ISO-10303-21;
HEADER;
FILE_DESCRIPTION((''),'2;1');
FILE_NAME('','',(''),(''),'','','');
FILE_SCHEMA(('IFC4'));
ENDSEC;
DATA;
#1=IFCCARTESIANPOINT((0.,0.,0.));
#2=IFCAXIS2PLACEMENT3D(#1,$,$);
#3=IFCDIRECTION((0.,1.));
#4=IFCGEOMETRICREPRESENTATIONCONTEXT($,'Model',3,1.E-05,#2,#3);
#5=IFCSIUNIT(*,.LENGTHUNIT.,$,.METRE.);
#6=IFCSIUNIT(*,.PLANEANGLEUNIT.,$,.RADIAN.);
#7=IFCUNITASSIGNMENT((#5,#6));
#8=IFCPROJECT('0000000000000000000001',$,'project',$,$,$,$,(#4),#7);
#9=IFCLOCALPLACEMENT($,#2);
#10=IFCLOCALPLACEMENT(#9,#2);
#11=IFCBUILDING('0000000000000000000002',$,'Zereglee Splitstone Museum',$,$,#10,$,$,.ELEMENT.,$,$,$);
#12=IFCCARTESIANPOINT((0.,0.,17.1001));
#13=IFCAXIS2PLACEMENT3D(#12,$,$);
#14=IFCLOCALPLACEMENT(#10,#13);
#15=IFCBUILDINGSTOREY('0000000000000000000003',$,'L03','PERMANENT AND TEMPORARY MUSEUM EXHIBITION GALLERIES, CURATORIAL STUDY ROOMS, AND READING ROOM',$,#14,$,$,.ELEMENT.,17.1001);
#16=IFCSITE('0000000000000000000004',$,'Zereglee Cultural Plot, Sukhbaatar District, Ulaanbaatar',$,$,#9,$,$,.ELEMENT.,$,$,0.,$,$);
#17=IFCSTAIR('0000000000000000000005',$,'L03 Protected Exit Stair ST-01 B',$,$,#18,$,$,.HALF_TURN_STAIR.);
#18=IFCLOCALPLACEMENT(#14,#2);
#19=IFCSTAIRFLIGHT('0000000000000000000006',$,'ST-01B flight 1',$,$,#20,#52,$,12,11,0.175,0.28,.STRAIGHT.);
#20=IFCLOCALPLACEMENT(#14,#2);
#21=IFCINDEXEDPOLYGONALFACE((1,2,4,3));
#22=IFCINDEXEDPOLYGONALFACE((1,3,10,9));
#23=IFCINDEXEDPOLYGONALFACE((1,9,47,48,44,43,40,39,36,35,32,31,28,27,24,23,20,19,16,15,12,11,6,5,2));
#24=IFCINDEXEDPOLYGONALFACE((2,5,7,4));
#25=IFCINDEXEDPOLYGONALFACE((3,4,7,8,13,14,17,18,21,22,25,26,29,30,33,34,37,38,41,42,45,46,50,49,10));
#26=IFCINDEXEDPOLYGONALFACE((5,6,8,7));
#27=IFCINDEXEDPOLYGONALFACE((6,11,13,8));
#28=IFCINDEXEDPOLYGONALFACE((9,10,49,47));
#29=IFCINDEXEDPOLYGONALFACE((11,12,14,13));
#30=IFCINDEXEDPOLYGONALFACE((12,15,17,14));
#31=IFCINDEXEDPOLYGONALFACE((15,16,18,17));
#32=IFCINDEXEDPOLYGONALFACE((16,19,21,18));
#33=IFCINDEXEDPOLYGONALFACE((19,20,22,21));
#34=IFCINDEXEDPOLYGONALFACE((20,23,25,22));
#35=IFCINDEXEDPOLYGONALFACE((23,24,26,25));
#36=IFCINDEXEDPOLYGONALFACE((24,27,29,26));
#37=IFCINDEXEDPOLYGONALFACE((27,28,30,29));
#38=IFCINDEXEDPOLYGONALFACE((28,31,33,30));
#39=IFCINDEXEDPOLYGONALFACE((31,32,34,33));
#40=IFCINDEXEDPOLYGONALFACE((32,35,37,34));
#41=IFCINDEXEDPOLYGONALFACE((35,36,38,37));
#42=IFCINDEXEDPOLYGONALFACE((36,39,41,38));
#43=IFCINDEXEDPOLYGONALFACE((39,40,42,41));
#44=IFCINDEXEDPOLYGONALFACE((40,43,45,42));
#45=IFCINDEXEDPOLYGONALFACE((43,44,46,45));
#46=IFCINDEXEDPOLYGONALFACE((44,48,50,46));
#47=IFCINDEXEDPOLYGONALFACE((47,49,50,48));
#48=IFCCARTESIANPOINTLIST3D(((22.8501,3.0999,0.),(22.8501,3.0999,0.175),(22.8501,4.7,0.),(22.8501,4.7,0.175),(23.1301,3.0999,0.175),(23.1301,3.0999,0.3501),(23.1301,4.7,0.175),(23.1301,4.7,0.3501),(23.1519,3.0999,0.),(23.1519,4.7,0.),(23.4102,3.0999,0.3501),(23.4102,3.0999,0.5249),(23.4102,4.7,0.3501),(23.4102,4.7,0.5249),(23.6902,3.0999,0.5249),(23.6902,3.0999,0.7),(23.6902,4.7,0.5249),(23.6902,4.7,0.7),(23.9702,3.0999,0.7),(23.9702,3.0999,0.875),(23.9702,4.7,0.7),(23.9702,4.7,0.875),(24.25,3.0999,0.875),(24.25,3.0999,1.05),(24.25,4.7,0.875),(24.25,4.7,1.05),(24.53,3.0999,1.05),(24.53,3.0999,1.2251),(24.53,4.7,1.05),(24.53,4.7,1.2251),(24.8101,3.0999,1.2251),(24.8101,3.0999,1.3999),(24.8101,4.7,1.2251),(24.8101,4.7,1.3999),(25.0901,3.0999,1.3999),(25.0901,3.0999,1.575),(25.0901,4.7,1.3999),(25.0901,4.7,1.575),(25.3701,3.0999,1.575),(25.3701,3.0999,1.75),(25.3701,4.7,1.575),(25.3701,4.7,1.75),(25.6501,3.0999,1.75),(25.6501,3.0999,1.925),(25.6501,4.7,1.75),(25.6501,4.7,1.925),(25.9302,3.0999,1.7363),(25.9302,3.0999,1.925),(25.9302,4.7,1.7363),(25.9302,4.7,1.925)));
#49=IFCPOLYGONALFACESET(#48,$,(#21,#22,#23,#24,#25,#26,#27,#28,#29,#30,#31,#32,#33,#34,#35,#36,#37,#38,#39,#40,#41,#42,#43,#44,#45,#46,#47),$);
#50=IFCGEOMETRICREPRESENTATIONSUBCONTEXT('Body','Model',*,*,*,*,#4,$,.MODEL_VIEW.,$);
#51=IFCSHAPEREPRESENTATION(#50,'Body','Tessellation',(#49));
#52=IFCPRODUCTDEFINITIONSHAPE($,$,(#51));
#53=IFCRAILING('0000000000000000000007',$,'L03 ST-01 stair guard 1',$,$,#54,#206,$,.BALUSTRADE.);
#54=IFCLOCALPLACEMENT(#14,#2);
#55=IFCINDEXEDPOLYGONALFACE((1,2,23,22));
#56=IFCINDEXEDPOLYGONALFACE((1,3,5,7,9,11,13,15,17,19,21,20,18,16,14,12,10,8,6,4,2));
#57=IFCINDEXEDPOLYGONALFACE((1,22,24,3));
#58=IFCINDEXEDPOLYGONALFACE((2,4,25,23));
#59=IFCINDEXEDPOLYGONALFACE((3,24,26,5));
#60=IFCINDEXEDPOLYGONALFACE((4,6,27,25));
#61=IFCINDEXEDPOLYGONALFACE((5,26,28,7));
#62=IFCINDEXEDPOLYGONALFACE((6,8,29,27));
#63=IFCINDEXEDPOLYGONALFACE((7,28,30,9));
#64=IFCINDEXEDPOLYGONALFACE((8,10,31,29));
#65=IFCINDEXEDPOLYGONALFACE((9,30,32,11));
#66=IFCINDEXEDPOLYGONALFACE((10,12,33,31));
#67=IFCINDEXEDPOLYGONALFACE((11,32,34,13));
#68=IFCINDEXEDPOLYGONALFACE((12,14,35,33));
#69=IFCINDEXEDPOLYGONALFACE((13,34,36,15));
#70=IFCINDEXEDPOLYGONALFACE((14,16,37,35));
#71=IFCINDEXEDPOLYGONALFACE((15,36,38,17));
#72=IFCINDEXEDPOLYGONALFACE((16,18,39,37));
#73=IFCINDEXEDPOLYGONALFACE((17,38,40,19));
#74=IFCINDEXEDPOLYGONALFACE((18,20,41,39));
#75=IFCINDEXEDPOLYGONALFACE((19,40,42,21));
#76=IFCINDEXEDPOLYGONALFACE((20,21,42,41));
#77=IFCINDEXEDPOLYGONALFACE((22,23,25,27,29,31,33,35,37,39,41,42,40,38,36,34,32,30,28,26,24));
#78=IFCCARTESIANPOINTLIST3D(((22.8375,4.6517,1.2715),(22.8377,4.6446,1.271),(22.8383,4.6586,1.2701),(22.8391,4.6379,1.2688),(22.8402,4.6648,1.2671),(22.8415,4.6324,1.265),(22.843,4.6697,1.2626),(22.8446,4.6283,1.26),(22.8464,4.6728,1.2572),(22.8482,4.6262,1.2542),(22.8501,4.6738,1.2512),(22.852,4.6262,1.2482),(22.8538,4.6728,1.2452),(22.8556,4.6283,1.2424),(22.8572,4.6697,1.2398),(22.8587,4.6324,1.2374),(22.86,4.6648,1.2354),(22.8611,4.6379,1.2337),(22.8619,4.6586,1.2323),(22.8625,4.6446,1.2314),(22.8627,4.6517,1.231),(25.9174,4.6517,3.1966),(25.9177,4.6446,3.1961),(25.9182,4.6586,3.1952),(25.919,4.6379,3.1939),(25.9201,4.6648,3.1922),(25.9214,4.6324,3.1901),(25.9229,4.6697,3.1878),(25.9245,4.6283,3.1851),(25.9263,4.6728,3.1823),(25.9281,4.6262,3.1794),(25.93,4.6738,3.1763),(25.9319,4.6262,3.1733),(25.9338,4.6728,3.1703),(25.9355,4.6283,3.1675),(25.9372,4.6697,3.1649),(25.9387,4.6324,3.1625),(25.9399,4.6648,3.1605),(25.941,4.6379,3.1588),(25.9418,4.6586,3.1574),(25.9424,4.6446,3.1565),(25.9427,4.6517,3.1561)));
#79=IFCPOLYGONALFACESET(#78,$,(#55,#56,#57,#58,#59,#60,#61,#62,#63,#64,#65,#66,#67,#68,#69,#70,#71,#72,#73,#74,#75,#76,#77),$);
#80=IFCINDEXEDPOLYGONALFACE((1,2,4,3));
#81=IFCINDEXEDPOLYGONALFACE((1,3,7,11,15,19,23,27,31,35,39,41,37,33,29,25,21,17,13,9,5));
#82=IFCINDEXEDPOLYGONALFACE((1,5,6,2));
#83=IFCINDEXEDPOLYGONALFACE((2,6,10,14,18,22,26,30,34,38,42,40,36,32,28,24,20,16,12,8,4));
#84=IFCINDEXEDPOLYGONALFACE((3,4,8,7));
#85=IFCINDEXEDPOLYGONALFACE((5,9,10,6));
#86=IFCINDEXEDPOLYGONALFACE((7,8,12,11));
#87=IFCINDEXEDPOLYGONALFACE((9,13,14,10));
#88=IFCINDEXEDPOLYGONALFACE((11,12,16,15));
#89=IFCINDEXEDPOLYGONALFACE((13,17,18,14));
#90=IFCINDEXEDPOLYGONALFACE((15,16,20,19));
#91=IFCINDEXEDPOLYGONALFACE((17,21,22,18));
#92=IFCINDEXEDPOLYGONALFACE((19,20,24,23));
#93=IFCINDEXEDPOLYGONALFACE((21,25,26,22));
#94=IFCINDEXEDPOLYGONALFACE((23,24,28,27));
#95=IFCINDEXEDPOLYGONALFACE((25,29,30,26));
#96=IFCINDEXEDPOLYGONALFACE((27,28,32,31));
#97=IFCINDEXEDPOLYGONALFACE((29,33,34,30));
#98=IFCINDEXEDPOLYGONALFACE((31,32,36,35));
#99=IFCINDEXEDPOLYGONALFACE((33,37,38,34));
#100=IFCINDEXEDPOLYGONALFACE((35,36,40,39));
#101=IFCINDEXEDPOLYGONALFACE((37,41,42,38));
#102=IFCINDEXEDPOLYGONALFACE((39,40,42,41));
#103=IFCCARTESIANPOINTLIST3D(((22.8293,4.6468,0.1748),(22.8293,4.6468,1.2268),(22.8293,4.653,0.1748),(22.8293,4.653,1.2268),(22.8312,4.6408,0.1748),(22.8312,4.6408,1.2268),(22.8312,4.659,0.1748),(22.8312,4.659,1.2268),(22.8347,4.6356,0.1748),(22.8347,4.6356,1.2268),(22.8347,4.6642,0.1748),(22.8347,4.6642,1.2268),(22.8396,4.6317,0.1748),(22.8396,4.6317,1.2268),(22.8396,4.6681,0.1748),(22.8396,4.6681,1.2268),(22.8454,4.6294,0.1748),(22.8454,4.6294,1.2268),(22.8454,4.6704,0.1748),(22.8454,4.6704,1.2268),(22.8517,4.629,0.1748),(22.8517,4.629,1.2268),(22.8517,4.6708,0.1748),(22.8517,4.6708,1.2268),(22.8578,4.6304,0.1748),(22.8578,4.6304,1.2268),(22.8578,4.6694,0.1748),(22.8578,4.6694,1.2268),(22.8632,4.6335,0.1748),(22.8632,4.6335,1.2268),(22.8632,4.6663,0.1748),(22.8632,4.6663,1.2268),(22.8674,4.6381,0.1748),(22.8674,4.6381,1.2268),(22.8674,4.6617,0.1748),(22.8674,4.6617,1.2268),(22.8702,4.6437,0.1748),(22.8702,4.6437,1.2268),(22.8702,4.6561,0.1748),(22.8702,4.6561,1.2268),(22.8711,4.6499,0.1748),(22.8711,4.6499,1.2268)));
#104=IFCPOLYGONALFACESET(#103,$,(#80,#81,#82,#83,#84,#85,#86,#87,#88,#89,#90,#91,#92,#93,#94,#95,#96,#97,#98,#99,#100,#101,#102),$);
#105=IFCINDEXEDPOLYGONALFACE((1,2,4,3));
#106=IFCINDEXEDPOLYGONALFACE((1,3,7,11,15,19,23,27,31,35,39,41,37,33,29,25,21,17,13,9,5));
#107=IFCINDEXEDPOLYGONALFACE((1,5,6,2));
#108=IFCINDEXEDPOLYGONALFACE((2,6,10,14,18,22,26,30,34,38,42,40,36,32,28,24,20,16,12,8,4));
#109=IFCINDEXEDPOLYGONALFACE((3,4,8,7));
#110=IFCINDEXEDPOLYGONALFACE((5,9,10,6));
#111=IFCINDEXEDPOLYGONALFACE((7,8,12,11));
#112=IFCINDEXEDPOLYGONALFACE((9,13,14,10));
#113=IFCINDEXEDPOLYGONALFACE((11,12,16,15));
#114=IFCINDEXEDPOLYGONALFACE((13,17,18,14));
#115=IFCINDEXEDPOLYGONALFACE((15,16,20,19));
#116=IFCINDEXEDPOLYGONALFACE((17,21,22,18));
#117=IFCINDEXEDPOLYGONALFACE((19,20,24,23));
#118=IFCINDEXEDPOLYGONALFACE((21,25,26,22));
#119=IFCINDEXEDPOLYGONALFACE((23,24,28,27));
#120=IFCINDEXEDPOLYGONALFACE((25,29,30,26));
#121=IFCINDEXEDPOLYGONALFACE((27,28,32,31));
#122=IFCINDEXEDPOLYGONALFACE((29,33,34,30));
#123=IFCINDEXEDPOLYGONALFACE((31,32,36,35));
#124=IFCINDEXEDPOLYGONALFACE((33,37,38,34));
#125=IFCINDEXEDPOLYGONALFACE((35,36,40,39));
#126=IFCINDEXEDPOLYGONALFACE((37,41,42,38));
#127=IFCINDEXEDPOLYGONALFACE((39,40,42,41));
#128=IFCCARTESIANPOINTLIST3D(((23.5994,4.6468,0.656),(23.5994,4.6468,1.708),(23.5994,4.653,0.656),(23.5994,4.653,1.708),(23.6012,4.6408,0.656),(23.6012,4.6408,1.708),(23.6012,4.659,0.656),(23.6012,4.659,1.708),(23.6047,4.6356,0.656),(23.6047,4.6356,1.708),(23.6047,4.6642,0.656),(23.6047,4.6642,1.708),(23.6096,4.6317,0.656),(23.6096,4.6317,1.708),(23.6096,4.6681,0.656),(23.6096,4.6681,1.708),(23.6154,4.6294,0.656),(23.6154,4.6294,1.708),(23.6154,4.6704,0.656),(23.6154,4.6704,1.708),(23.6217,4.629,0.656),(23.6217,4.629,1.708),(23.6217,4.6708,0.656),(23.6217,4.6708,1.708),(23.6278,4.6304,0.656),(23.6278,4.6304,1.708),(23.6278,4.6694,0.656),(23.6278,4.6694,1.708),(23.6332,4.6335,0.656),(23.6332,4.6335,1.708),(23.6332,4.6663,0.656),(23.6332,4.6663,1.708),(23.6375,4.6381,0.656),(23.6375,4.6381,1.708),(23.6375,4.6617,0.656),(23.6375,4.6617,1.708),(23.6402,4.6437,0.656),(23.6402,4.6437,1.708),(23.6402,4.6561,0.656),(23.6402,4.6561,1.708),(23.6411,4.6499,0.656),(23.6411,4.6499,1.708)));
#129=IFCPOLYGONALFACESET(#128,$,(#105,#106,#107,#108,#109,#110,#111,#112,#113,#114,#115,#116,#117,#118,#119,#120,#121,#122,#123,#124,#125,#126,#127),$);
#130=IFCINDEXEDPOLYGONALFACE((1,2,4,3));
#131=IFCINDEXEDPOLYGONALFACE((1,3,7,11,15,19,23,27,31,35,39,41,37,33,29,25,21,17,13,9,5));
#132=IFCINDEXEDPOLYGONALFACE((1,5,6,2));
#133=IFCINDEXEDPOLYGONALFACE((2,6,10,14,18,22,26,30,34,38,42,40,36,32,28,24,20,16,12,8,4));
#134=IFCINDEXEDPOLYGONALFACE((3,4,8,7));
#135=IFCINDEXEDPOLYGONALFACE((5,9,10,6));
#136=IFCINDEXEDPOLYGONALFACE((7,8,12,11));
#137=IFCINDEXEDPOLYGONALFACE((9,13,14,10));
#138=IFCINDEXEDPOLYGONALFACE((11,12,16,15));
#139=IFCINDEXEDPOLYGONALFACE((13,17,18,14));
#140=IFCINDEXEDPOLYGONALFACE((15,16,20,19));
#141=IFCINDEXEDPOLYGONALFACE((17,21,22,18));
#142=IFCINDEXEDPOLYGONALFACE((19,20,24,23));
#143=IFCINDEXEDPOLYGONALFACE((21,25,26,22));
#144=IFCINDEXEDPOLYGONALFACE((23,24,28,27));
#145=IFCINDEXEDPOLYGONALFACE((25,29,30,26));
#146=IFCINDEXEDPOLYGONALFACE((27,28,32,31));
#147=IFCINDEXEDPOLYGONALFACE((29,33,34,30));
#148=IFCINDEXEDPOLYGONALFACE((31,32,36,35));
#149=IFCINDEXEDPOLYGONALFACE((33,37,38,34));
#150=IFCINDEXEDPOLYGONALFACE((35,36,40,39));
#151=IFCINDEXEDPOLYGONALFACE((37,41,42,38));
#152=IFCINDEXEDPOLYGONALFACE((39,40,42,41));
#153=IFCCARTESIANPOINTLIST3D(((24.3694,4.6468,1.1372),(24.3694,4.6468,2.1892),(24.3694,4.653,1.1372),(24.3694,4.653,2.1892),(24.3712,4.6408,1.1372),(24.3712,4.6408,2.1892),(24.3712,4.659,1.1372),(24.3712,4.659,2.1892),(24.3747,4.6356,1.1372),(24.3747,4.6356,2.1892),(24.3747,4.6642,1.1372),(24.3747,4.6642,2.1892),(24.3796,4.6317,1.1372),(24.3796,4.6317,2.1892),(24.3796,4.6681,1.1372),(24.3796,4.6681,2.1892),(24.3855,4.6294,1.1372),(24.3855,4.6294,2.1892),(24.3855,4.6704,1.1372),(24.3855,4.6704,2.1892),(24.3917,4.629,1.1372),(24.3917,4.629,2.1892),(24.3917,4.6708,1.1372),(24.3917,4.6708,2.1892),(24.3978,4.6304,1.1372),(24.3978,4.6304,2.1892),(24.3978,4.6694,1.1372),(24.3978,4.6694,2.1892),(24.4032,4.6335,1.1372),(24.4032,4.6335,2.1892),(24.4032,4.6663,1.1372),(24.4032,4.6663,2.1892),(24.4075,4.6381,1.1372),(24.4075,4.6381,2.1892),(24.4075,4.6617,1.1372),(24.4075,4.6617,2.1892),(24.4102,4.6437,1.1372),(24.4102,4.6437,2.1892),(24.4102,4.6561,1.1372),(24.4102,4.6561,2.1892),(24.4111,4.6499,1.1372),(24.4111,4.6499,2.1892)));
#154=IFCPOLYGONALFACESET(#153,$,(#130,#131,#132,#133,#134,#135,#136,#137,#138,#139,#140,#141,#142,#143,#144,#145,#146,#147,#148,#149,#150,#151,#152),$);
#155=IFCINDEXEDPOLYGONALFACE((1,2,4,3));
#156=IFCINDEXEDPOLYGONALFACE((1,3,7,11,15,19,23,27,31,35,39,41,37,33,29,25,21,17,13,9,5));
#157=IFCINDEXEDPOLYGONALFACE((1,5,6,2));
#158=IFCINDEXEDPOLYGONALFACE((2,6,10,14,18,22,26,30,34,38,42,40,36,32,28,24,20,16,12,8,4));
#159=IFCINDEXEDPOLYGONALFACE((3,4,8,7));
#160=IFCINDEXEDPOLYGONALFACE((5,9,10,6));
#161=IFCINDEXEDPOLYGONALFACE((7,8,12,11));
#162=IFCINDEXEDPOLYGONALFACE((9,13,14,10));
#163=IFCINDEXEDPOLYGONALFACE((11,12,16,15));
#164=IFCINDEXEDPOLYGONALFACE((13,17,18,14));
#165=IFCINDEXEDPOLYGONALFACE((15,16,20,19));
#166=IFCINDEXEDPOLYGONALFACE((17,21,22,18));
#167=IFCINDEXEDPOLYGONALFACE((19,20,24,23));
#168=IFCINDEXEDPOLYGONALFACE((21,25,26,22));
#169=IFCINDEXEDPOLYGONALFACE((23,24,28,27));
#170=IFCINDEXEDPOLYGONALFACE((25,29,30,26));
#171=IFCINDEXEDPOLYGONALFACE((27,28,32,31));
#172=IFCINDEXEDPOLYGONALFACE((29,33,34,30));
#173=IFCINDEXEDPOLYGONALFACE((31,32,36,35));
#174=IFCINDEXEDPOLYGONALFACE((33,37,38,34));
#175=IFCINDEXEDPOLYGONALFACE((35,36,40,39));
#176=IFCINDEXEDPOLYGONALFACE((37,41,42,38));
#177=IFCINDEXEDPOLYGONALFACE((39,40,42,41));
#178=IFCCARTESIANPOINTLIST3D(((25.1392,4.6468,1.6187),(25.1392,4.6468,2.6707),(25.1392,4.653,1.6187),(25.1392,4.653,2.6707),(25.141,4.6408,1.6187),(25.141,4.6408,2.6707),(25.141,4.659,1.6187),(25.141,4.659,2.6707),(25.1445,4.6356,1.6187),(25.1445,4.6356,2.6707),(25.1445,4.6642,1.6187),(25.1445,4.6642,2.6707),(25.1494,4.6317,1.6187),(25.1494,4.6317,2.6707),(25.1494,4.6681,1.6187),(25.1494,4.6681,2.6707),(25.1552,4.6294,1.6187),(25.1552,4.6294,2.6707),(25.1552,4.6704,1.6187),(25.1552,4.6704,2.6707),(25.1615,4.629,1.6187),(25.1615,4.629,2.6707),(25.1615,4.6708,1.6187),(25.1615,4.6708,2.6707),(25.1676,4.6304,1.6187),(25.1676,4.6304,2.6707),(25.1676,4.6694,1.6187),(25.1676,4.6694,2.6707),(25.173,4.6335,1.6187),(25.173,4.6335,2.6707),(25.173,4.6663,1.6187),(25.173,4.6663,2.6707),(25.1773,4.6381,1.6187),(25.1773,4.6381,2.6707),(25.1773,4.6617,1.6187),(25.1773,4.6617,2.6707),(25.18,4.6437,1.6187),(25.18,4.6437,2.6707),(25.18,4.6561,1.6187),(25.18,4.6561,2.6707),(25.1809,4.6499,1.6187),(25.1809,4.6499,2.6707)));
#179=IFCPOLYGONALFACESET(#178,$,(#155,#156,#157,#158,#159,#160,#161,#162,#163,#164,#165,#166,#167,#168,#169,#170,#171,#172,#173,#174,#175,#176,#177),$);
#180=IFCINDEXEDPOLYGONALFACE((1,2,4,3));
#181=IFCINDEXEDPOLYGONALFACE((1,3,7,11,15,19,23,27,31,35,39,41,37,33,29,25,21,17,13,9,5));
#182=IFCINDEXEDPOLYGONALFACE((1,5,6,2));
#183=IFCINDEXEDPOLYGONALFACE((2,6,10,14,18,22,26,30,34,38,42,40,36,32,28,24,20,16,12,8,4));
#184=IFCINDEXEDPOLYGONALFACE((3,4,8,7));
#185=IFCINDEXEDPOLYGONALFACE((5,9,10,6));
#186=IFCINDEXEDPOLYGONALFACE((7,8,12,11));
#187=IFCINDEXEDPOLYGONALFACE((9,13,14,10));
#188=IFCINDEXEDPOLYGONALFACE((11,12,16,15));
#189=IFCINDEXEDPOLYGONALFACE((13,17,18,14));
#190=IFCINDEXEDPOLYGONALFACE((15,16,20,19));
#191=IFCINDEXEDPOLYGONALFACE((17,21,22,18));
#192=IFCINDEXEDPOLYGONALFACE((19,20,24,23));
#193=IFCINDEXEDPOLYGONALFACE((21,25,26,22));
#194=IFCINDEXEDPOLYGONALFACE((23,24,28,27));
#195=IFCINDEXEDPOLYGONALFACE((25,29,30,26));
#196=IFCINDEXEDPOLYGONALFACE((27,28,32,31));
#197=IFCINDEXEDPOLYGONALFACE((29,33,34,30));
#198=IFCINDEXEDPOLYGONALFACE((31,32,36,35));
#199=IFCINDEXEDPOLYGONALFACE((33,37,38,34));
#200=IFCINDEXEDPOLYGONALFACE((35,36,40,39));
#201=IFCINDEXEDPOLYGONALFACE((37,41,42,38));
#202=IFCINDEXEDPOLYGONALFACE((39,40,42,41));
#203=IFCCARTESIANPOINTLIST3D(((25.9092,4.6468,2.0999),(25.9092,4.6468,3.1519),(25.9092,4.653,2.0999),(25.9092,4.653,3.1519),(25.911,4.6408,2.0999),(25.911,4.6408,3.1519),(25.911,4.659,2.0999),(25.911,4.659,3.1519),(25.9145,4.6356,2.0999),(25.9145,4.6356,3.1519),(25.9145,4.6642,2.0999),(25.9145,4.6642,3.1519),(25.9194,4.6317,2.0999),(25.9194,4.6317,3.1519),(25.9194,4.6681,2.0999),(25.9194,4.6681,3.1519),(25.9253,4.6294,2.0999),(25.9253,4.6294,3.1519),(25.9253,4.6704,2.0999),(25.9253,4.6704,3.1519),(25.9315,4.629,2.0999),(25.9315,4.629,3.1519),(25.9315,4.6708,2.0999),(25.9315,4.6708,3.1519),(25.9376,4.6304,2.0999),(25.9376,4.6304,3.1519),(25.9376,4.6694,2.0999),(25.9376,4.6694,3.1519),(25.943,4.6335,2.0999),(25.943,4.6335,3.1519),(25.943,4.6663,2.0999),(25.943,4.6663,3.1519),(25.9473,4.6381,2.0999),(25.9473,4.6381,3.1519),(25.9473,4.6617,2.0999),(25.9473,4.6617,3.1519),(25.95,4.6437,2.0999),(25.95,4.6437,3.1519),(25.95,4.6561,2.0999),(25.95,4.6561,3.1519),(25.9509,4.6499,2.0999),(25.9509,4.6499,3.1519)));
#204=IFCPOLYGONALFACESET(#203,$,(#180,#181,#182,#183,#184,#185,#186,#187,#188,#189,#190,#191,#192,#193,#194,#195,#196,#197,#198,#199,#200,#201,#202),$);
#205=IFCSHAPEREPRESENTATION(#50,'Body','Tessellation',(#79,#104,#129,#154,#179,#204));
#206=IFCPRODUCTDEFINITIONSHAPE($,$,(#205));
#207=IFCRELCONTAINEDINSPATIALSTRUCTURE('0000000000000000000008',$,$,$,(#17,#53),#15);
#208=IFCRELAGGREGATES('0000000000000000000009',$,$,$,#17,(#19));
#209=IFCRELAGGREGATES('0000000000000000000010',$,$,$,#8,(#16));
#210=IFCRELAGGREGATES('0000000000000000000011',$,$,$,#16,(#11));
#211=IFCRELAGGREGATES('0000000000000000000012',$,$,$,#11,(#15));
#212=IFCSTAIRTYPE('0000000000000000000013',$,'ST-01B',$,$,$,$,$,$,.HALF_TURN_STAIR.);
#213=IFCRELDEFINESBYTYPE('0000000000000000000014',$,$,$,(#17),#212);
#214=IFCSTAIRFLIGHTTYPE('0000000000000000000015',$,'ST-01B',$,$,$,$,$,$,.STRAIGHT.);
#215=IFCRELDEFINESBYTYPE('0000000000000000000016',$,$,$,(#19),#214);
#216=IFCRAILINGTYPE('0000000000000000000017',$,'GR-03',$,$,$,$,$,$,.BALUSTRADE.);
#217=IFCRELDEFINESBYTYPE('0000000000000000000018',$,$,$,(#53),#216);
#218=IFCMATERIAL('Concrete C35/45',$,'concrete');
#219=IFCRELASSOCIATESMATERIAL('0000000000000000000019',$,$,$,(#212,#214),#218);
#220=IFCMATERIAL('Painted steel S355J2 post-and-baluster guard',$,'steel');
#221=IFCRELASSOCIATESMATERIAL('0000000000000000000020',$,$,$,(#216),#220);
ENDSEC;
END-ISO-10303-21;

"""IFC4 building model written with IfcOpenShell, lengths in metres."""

from ifc_helpers import new_model, si_unit, direction, frame, origin, origin_2d, place, context, subcontext, project, spatial, polyline, circle, outline, extrude, material, type_object, element, aggregate, save


model = new_model("IFC4")

# Units and contexts
model_context = context("Model", 3, precision=1e-05, world=origin(), true_north=direction((0.0, 1.0)))
body_context = subcontext(model_context, "Body", "Model", "MODEL_VIEW")
ifc_project = project(units=[si_unit("LENGTHUNIT", "METRE"), si_unit("PLANEANGLEUNIT", "RADIAN")], contexts=[model_context])

# Site, building, storey
site_placement = place(None, origin())
site = spatial("IfcSite", under=ifc_project, at=site_placement, Name="Zereglee Cultural Plot, Sukhbaatar District, Ulaanbaatar", CompositionType="ELEMENT", RefElevation=0.0)
building_placement = place(site_placement, origin())
building = spatial("IfcBuilding", under=site, at=building_placement, Name="Zereglee Splitstone Museum", CompositionType="ELEMENT")
storey_placement = place(building_placement, frame((0.0, 0.0, 17.1001)))
storey = spatial("IfcBuildingStorey", under=building, at=storey_placement, Name="L03", Description="PERMANENT AND TEMPORARY MUSEUM EXHIBITION GALLERIES, CURATORIAL STUDY ROOMS, AND READING ROOM", CompositionType="ELEMENT", Elevation=17.1001)

# Stair, stair flight
ifc_material_1 = material(Name="Concrete C35/45", Category="concrete")
stair_type = type_object("IfcStairType", Name="ST-01B", PredefinedType="HALF_TURN_STAIR", material=ifc_material_1)
stair_placement = place(storey_placement, origin())
stair = element("IfcStair", 1, at=stair_placement, inside=storey, type_object=stair_type, Name="L03 Protected Exit Stair ST-01 B", PredefinedType="HALF_TURN_STAIR")
stair_flight_type = type_object("IfcStairFlightType", Name="ST-01B", PredefinedType="STRAIGHT", material=ifc_material_1)
stair_flight_placement = place(storey_placement, frame((22.8501, 3.8999, 0.0), z_axis=(0.0, 0.0, 1.0), x_axis=(1.0, 0.0, 0.0)))
stair_flight = element("IfcStairFlight", 2, at=stair_flight_placement, type_object=stair_flight_type, Name="ST-01B flight 1", NumberOfRisers=12, NumberOfTreads=11, PredefinedType="STRAIGHT", RiserHeight=0.175, TreadLength=0.28, context=body_context, shape_type="SweptSolid", body=[
    extrude(outline(polyline([(0.0, 0.0), (0.0, 0.175), (0.28, 0.175), (0.28, 0.3501), (0.5601, 0.3501), (0.5601, 0.5249), (0.8401, 0.5249), (0.8401, 0.7), (1.1201, 0.7), (1.1201, 0.875), (1.3999, 0.875), (1.3999, 1.05), (1.6799, 1.05), (1.6799, 1.2251), (1.96, 1.2251), (1.96, 1.3999), (2.24, 1.3999), (2.24, 1.575), (2.52, 1.575), (2.52, 1.75), (2.8, 1.75), (2.8, 1.925), (3.0801, 1.925), (3.0801, 2.1001), (3.0801, 1.7363), (0.3018, 0.0), (0.0, 0.0)])), frame((0.0, 0.8, 0.0), z_axis=(0.0, -1.0, 0.0), x_axis=(1.0, 0.0, 0.0)), (0.0, 0.0, 1.0), 1.6001),
])
aggregate(stair, [stair_flight])

# Railing
ifc_material_2 = material(Name="Painted steel S355J2 post-and-baluster guard", Category="steel")
railing_type_1 = type_object("IfcRailingType", Name="GR-03", PredefinedType="BALUSTRADE", material=ifc_material_2)
railing_1_placement = place(storey_placement, frame((22.8501, 4.6499, 0.1748)))
element("IfcRailing", 3, at=railing_1_placement, inside=storey, type_object=railing_type_1, Name="L03 ST-01 stair guard 1", PredefinedType="BALUSTRADE", context=body_context, shape_type="SweptSolid", body=[
    extrude(circle(Radius=0.0239, at=origin_2d()), frame((0.0, 0.0, 1.0764), z_axis=(0.847979, 0.0, 0.530029), x_axis=(0.0, 1.0, 0.0)), (0.0, 0.0, 1.0), 3.6321),
    extrude(circle(Radius=0.021, at=origin_2d()), origin(), (0.0, 0.0, 1.0), 1.052),
    extrude(circle(Radius=0.021, at=origin_2d()), frame((0.77, 0.0, 0.4812)), (0.0, 0.0, 1.0), 1.052),
    extrude(circle(Radius=0.021, at=origin_2d()), frame((1.54, 0.0, 0.9624)), (0.0, 0.0, 1.0), 1.052),
    extrude(circle(Radius=0.021, at=origin_2d()), frame((2.3098, 0.0, 1.4438)), (0.0, 0.0, 1.0), 1.052),
    extrude(circle(Radius=0.021, at=origin_2d()), frame((3.0798, 0.0, 1.925)), (0.0, 0.0, 1.0), 1.052),
])

save(model, "model.ifc")
